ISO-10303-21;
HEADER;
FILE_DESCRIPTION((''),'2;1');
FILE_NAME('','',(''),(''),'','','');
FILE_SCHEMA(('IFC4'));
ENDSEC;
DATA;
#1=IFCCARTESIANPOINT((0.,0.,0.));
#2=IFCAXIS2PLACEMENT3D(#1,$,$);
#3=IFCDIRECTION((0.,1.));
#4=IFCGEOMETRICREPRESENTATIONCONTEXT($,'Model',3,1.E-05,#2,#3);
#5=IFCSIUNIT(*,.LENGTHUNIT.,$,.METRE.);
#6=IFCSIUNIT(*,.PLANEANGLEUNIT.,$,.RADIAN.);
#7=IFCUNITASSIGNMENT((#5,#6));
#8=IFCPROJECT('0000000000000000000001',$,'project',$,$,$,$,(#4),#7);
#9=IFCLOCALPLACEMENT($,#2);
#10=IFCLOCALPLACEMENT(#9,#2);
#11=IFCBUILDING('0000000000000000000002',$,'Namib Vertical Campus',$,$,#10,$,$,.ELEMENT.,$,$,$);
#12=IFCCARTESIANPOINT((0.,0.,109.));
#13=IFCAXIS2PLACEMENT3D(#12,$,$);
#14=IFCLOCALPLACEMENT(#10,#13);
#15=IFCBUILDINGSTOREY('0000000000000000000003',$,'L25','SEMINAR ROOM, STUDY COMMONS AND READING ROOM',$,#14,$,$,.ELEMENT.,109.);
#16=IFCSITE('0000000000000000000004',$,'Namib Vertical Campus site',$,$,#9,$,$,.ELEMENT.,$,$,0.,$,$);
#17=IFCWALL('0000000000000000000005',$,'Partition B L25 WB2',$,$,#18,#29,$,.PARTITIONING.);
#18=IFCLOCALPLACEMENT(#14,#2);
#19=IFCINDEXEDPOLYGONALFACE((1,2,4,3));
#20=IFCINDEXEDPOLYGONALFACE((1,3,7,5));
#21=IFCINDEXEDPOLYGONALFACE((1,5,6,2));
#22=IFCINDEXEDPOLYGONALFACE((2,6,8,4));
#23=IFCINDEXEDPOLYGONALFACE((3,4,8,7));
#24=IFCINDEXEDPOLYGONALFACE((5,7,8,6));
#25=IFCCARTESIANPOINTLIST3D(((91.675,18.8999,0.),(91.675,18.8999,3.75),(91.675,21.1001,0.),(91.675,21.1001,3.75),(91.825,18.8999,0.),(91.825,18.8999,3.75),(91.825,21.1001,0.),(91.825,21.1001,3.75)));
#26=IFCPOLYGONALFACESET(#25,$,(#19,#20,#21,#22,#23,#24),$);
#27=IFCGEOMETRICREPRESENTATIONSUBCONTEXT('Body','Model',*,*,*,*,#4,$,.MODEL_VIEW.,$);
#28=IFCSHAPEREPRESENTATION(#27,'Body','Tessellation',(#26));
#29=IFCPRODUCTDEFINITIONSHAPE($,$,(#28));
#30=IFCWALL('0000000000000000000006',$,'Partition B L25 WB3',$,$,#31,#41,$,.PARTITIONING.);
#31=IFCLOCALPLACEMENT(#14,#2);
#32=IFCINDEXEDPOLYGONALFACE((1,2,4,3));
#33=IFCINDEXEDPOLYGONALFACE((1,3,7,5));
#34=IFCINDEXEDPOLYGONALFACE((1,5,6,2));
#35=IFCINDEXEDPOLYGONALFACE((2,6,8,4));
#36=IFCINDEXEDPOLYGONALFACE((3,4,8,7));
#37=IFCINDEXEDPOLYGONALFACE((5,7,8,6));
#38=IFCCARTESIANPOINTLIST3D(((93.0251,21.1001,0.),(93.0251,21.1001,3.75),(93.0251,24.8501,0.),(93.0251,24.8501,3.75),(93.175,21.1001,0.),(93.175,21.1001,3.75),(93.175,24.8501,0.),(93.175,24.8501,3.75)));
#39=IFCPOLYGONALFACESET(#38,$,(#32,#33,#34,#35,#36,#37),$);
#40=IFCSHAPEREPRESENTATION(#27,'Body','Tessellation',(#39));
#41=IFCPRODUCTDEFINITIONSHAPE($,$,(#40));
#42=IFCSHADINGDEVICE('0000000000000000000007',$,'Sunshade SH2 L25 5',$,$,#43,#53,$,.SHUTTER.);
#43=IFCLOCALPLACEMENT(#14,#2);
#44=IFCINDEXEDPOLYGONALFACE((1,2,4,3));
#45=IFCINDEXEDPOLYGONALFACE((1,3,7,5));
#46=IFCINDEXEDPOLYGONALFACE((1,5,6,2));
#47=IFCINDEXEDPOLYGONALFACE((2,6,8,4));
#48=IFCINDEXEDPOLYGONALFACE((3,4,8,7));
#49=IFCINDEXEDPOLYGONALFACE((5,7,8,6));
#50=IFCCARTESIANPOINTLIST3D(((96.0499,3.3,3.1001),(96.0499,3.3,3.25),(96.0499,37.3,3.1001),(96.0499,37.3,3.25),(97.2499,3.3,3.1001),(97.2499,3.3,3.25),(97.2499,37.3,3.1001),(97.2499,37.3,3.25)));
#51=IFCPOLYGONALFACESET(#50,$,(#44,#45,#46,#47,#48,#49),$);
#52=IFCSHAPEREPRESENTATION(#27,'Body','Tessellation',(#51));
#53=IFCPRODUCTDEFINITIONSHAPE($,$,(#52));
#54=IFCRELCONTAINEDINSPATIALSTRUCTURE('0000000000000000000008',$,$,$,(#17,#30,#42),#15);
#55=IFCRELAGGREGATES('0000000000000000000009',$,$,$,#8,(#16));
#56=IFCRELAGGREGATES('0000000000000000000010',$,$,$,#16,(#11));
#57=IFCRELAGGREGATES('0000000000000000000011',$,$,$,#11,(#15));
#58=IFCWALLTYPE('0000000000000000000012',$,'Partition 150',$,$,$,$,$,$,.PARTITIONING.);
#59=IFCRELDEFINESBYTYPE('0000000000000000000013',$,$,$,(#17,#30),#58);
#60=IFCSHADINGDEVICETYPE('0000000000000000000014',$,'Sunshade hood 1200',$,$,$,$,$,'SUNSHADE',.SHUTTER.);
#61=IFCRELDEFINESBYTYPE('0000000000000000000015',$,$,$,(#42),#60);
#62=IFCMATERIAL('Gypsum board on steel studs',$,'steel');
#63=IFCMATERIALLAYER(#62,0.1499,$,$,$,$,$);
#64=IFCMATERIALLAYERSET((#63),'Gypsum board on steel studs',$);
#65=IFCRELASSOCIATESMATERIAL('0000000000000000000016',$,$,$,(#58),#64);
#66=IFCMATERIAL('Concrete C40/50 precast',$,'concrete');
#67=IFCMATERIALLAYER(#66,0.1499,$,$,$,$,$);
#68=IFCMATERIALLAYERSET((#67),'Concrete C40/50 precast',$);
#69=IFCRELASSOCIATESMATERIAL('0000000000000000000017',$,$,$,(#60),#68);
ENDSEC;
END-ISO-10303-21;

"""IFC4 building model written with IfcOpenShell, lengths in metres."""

from ifc_helpers import new_model, si_unit, direction, frame, frame_2d, origin, origin_2d, place, context, subcontext, project, spatial, rectangle, extrude, material, layer, layer_set, type_object, element, save


model = new_model("IFC4")

# Units and contexts
model_context = context("Model", 3, precision=1e-05, world=origin(), true_north=direction((0.0, 1.0)))
body_context = subcontext(model_context, "Body", "Model", "MODEL_VIEW")
ifc_project = project(units=[si_unit("LENGTHUNIT", "METRE"), si_unit("PLANEANGLEUNIT", "RADIAN")], contexts=[model_context])

# Site, building, storey
site_placement = place(None, origin())
site = spatial("IfcSite", under=ifc_project, at=site_placement, Name="Namib Vertical Campus site", CompositionType="ELEMENT", RefElevation=0.0)
building_placement = place(site_placement, origin())
building = spatial("IfcBuilding", under=site, at=building_placement, Name="Namib Vertical Campus", CompositionType="ELEMENT")
storey_placement = place(building_placement, frame((0.0, 0.0, 109.0)))
storey = spatial("IfcBuildingStorey", under=building, at=storey_placement, Name="L25", Description="SEMINAR ROOM, STUDY COMMONS AND READING ROOM", CompositionType="ELEMENT", Elevation=109.0)

# Walls
ifc_material_1 = material(Name="Gypsum board on steel studs", Category="steel")
ifc_layer_1 = layer(ifc_material_1, 0.1499)
ifc_layer_set_1 = layer_set([ifc_layer_1], Name="Gypsum board on steel studs")
wall_type_1 = type_object("IfcWallType", Name="Partition 150", PredefinedType="PARTITIONING", material=ifc_layer_set_1)
wall_1_placement = place(storey_placement, frame((91.75, 18.8999, 0.0), z_axis=(0.0, 0.0, 1.0), x_axis=(0.0, 1.0, 0.0)))
element("IfcWall", 1, at=wall_1_placement, inside=storey, type_object=wall_type_1, Name="Partition B L25 WB2", PredefinedType="PARTITIONING", context=body_context, shape_type="SweptSolid", body=[
    extrude(rectangle(XDim=2.2002, YDim=0.1499, at=frame_2d((1.1001, 0.0))), origin(), (0.0, 0.0, 1.0), 3.75),
])
wall_2_placement = place(storey_placement, frame((93.1001, 21.1001, 0.0), z_axis=(0.0, 0.0, 1.0), x_axis=(0.0, 1.0, 0.0)))
element("IfcWall", 2, at=wall_2_placement, inside=storey, type_object=wall_type_1, Name="Partition B L25 WB3", PredefinedType="PARTITIONING", context=body_context, shape_type="SweptSolid", body=[
    extrude(rectangle(XDim=3.75, YDim=0.1499, at=frame_2d((1.875, 0.0))), origin(), (0.0, 0.0, 1.0), 3.75),
])

# Shading device
ifc_material_2 = material(Name="Concrete C40/50 precast", Category="concrete")
ifc_layer_2 = layer(ifc_material_2, 0.1499)
ifc_layer_set_2 = layer_set([ifc_layer_2], Name="Concrete C40/50 precast")
shading_device_type = type_object("IfcShadingDeviceType", Name="Sunshade hood 1200", ElementType="SUNSHADE", PredefinedType="SHUTTER", material=ifc_layer_set_2)
shading_device_placement = place(storey_placement, frame((96.6499, 20.3, 3.1001), z_axis=(0.0, 0.0, 1.0), x_axis=(0.0, 1.0, 0.0)))
element("IfcShadingDevice", 3, at=shading_device_placement, inside=storey, type_object=shading_device_type, Name="Sunshade SH2 L25 5", PredefinedType="SHUTTER", context=body_context, shape_type="SweptSolid", body=[
    extrude(rectangle(XDim=34.0, YDim=1.2, at=origin_2d()), origin(), (0.0, 0.0, 1.0), 0.1499),
])

save(model, "model.ifc")
